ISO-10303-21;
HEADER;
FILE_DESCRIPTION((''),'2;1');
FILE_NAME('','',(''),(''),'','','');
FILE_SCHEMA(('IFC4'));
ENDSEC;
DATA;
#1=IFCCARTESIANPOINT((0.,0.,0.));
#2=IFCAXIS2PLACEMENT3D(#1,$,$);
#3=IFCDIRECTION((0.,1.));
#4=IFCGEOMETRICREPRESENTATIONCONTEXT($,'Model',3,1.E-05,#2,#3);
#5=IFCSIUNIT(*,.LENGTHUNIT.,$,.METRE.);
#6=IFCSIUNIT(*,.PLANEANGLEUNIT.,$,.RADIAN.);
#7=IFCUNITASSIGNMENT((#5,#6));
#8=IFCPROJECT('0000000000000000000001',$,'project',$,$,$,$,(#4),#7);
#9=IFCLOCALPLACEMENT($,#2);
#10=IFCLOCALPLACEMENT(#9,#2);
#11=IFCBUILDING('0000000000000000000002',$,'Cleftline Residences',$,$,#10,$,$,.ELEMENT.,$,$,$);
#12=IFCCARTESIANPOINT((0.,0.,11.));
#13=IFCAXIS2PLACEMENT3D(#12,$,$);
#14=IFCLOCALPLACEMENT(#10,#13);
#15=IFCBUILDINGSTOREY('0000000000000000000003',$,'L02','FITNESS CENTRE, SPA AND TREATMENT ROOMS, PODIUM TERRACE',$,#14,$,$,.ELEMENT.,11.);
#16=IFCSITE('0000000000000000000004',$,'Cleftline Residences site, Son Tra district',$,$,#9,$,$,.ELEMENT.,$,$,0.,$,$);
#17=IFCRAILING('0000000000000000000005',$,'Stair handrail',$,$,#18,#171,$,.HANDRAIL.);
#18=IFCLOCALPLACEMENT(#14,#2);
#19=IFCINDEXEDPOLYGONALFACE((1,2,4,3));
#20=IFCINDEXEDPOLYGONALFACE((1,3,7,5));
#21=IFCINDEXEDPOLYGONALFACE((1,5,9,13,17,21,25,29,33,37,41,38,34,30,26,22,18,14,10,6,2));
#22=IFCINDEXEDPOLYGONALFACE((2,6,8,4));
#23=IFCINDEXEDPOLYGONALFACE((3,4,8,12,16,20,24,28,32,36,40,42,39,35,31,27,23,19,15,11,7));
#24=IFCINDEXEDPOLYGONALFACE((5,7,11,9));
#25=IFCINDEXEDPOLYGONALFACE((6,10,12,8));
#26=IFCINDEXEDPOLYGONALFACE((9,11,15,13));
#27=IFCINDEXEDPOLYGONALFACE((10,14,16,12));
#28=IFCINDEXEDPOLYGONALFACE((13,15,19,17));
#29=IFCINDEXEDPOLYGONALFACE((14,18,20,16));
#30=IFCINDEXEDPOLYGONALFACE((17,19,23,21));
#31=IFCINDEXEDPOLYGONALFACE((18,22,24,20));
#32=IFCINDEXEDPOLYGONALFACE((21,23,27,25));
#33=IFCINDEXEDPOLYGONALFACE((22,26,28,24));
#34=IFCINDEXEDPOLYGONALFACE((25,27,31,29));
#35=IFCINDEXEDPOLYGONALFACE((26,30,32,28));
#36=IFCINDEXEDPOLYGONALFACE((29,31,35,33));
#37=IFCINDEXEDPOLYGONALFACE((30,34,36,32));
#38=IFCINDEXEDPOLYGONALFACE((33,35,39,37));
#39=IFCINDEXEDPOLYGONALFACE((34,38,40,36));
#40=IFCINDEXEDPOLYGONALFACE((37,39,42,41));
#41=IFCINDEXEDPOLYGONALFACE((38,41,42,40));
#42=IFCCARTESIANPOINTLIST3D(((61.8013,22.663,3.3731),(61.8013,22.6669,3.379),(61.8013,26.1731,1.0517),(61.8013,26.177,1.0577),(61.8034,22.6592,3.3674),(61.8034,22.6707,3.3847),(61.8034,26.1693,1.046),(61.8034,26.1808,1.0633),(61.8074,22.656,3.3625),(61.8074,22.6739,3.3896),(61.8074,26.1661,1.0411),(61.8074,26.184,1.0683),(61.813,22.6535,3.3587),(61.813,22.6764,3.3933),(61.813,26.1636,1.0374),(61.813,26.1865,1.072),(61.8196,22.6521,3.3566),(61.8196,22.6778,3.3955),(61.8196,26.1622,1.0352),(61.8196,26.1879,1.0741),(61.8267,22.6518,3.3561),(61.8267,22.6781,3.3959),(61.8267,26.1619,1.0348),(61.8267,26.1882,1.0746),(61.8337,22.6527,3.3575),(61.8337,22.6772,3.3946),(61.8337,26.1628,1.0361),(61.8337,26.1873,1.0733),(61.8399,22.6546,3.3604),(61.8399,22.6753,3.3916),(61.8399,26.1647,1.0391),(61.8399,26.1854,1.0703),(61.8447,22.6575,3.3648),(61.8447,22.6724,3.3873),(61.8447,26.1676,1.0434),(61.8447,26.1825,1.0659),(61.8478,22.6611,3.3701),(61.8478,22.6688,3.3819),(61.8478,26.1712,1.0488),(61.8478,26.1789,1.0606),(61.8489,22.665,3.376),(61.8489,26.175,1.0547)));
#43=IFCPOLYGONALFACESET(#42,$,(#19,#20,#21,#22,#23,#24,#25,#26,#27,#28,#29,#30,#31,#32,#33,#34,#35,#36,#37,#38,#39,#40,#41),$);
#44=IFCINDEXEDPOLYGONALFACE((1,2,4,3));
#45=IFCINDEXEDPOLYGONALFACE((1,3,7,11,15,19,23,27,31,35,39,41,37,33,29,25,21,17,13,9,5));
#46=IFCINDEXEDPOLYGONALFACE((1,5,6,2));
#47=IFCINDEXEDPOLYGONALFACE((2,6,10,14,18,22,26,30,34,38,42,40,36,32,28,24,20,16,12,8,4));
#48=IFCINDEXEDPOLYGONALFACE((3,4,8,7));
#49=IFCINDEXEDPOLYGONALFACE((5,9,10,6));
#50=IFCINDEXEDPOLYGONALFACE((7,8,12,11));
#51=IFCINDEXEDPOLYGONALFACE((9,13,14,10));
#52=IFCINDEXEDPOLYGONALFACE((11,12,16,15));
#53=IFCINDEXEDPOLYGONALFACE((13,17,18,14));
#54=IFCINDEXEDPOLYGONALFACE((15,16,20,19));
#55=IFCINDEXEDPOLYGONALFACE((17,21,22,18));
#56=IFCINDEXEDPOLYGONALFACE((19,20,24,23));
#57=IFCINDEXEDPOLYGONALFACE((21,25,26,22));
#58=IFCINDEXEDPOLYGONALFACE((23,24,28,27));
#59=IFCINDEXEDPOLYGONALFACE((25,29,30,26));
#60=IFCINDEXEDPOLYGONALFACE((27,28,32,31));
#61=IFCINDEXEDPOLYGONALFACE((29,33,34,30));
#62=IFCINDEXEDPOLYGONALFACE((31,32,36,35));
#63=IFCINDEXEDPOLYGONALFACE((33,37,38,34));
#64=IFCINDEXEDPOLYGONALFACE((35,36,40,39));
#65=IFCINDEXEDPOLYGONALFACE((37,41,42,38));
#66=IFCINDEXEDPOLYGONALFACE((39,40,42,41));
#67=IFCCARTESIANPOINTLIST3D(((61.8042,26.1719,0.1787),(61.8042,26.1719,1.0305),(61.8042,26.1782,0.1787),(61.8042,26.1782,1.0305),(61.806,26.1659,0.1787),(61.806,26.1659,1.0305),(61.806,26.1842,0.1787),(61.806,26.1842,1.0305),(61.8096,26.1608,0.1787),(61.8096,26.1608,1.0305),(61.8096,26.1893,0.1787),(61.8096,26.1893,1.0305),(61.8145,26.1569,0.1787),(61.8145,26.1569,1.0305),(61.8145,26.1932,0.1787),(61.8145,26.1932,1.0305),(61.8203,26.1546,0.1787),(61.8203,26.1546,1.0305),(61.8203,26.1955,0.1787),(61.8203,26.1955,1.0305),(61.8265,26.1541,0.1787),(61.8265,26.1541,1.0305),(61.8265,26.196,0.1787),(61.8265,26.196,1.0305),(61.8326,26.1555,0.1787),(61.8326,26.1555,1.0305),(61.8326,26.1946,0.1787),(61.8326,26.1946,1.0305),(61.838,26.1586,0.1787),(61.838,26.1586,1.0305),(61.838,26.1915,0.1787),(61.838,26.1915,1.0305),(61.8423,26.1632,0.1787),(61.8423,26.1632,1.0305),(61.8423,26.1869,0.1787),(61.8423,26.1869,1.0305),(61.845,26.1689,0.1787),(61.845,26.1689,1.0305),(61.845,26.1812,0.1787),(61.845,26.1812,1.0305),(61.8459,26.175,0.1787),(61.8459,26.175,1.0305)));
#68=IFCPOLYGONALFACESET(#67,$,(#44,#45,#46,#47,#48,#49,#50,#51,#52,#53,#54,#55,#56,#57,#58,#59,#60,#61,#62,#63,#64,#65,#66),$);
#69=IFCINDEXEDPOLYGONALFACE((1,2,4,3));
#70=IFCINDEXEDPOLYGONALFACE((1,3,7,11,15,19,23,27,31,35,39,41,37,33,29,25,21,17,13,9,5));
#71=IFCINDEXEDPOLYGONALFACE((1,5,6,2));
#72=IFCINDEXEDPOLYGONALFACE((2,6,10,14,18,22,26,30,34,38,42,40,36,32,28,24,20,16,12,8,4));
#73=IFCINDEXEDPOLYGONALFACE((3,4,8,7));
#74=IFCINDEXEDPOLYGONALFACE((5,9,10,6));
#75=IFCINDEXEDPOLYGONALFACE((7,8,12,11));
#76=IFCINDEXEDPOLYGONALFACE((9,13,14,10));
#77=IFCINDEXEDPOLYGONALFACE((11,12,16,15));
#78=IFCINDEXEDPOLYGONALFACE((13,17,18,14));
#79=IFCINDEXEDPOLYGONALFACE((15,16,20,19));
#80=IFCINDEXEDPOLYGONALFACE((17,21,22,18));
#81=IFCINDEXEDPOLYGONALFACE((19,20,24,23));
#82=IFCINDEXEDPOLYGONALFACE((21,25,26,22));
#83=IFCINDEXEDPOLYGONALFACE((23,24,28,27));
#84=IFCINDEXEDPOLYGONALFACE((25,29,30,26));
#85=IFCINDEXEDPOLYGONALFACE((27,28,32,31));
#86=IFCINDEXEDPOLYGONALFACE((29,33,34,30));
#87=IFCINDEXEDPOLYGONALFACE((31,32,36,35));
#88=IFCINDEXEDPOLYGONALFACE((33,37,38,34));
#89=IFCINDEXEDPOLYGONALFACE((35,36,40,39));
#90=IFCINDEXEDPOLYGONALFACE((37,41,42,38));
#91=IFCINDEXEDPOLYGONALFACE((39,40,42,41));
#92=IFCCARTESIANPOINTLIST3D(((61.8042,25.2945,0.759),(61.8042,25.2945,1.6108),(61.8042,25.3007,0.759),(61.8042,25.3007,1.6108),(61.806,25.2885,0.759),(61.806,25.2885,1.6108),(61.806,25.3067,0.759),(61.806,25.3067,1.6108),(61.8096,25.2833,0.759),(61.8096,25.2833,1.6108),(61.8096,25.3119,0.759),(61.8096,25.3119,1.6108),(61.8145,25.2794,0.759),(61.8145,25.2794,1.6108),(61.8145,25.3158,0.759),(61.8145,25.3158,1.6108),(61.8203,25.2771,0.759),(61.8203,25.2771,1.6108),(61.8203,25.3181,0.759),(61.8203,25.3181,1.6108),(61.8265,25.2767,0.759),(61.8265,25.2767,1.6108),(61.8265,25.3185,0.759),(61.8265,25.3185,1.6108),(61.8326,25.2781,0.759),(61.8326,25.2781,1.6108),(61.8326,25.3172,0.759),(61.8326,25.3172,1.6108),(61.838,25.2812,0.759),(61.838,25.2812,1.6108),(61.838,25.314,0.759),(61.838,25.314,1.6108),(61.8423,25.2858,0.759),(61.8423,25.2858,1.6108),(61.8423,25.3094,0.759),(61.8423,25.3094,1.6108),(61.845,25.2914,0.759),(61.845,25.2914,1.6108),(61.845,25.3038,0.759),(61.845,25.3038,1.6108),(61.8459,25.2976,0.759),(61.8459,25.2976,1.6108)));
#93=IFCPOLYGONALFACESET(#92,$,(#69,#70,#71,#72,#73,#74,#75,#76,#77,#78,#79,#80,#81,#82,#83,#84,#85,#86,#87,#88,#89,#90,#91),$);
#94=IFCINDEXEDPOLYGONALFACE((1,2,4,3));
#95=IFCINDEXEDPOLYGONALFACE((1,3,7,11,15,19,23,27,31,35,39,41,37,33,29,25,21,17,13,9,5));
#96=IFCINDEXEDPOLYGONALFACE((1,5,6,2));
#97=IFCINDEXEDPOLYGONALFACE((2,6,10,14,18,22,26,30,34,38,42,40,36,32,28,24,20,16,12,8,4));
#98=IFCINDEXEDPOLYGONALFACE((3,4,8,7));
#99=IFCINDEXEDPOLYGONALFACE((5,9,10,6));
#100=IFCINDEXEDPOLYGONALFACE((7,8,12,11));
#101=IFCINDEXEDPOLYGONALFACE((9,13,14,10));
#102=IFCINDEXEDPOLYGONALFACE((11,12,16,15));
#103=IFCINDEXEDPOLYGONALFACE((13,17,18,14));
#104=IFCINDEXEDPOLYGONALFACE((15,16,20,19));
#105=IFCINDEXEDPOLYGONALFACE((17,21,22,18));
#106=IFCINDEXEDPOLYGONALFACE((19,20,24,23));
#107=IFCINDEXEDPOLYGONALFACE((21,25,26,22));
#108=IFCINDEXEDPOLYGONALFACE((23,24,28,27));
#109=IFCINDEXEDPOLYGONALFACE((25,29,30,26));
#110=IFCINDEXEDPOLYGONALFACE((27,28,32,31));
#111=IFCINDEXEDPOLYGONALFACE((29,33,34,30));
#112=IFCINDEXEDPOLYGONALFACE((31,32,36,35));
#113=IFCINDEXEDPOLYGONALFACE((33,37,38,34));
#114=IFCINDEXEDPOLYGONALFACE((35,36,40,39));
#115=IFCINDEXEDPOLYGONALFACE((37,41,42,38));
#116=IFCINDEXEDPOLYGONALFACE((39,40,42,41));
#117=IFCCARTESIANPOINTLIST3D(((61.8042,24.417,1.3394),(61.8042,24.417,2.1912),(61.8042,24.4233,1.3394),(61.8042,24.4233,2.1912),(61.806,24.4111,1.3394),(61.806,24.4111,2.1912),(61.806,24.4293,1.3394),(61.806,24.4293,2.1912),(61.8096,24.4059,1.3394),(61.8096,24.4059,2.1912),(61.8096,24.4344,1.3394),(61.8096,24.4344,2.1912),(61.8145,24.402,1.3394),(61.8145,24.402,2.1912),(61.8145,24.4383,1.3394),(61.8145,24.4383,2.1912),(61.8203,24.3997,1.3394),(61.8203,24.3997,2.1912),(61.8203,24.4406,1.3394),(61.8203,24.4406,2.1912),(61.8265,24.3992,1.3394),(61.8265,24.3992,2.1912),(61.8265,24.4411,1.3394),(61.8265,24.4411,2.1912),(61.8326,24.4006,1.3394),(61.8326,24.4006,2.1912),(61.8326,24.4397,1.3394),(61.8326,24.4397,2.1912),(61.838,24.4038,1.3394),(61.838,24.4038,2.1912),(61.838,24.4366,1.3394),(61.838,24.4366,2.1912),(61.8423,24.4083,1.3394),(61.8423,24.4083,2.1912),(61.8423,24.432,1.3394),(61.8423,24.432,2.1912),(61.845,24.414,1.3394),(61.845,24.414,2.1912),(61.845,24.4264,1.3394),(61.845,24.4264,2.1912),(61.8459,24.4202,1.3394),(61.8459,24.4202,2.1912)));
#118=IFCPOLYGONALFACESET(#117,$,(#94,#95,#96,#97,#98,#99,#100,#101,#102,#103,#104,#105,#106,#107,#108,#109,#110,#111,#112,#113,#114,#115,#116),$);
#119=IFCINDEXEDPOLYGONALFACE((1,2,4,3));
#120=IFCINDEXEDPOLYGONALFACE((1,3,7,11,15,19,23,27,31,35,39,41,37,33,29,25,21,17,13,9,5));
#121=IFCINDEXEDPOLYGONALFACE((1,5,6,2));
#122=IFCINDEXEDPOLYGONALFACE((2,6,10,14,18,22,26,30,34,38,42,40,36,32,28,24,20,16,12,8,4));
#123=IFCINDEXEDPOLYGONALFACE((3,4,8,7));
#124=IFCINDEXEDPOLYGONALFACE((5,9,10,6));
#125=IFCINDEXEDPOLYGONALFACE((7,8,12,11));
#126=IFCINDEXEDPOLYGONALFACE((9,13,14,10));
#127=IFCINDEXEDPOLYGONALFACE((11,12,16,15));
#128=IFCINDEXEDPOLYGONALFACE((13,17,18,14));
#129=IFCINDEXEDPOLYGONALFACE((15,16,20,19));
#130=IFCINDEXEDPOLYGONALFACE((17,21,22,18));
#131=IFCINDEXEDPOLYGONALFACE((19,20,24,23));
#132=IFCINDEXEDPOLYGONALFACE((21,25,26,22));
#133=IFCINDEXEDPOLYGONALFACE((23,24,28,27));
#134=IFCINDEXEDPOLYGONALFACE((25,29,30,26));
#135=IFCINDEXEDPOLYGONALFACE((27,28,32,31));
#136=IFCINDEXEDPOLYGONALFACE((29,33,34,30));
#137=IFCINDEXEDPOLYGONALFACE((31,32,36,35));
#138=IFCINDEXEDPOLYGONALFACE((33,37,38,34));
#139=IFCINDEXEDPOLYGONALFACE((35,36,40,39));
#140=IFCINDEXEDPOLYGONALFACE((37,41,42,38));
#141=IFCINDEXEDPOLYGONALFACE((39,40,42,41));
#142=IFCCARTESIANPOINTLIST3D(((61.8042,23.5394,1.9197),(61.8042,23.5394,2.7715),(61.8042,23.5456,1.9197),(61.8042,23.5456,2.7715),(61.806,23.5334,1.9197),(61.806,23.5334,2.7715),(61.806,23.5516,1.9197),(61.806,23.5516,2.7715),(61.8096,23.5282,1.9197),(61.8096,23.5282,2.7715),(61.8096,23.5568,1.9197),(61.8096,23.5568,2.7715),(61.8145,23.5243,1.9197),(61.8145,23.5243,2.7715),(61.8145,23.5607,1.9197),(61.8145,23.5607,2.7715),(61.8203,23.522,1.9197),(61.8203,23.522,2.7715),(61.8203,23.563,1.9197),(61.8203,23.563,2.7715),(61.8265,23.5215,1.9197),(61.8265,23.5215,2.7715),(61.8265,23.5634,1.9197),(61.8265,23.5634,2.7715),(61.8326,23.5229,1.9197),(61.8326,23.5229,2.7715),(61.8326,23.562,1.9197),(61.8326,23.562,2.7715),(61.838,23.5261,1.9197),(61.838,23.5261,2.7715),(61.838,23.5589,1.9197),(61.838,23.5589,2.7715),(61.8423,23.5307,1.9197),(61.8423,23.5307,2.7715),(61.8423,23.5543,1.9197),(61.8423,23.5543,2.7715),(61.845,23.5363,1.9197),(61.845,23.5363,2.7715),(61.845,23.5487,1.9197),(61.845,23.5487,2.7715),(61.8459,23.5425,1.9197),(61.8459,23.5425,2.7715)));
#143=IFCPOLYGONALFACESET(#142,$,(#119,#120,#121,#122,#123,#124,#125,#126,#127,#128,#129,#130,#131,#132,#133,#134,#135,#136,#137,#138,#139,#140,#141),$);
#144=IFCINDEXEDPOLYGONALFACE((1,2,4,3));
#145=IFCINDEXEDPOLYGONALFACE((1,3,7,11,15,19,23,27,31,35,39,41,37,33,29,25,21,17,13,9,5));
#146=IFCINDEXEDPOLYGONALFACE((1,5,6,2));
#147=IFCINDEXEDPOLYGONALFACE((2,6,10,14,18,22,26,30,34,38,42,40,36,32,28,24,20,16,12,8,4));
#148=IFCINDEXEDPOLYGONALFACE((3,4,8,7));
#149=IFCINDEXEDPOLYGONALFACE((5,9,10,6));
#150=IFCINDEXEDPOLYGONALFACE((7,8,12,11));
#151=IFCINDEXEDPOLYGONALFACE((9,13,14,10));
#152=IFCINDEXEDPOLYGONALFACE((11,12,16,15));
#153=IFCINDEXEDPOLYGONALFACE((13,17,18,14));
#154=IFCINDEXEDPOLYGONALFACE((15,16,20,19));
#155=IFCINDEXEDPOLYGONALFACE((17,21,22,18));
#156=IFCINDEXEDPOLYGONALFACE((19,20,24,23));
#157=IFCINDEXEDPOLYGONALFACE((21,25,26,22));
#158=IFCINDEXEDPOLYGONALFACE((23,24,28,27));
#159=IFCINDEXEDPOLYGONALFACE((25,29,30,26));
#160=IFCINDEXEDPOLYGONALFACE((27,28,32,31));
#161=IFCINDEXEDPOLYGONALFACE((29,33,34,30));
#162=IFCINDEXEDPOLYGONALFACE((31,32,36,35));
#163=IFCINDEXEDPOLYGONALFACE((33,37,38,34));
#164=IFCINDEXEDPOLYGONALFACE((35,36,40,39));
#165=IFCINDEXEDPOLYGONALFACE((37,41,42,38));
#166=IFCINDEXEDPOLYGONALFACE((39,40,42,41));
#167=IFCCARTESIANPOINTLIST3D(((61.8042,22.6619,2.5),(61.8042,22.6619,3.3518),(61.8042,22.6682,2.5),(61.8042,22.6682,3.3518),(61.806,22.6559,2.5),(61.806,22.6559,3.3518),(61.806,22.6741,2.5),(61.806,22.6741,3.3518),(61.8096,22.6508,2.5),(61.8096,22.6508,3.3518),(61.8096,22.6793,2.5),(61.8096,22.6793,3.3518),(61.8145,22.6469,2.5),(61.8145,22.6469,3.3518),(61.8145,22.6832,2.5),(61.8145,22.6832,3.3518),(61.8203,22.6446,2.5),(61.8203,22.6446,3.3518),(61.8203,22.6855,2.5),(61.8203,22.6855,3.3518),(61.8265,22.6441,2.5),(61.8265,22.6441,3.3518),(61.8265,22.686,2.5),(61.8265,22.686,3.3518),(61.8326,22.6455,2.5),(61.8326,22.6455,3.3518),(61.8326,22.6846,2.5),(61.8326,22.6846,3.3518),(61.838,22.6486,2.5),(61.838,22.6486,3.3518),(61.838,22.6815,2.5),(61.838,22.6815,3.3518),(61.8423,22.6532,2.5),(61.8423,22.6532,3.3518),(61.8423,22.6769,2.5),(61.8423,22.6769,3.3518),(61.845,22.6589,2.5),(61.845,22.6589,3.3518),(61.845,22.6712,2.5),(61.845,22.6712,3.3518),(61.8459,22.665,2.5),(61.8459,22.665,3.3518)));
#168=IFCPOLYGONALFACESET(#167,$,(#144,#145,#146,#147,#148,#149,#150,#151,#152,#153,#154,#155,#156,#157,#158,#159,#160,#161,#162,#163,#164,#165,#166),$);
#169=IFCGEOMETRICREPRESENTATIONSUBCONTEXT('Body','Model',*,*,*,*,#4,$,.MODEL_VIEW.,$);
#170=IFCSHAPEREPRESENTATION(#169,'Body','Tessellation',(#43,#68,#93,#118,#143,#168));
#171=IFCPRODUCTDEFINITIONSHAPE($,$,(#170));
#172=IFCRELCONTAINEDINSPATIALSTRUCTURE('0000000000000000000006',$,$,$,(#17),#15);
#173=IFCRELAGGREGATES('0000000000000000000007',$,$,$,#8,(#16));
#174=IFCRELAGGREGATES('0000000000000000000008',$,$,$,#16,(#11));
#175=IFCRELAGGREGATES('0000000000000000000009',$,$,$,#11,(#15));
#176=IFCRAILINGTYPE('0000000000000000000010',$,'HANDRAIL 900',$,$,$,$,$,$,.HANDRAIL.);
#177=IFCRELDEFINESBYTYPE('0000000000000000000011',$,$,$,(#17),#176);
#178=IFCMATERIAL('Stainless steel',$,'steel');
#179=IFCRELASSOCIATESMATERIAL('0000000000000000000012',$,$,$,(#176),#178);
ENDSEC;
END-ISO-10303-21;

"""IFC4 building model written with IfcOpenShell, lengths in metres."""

from ifc_helpers import new_model, si_unit, direction, frame, origin, origin_2d, place, context, subcontext, project, spatial, circle, extrude, material, type_object, element, save


model = new_model("IFC4")

# Units and contexts
model_context = context("Model", 3, precision=1e-05, world=origin(), true_north=direction((0.0, 1.0)))
body_context = subcontext(model_context, "Body", "Model", "MODEL_VIEW")
ifc_project = project(units=[si_unit("LENGTHUNIT", "METRE"), si_unit("PLANEANGLEUNIT", "RADIAN")], contexts=[model_context])

# Site, building, storey
site_placement = place(None, origin())
site = spatial("IfcSite", under=ifc_project, at=site_placement, Name="Cleftline Residences site, Son Tra district", CompositionType="ELEMENT", RefElevation=0.0)
building_placement = place(site_placement, origin())
building = spatial("IfcBuilding", under=site, at=building_placement, Name="Cleftline Residences", CompositionType="ELEMENT")
storey_placement = place(building_placement, frame((0.0, 0.0, 11.0)))
storey = spatial("IfcBuildingStorey", under=building, at=storey_placement, Name="L02", Description="FITNESS CENTRE, SPA AND TREATMENT ROOMS, PODIUM TERRACE", CompositionType="ELEMENT", Elevation=11.0)

# Railing
ifc_material_1 = material(Name="Stainless steel", Category="steel")
railing_type = type_object("IfcRailingType", Name="HANDRAIL 900", PredefinedType="HANDRAIL", material=ifc_material_1)
railing_1_placement = place(storey_placement, frame((61.825, 26.175, 0.1787)))
element("IfcRailing", 1, at=railing_1_placement, inside=storey, type_object=railing_type, Name="Stair handrail", PredefinedType="HANDRAIL", context=body_context, shape_type="SweptSolid", body=[
    extrude(circle(Radius=0.0239, at=origin_2d()), frame((0.0, 0.0, 0.876), z_axis=(0.0, -0.834097, 0.551617), x_axis=(1.0, 0.0, 0.0)), (0.0, 0.0, 1.0), 4.2083),
    extrude(circle(Radius=0.021, at=origin_2d()), origin(), (0.0, 0.0, 1.0), 0.8518),
    extrude(circle(Radius=0.021, at=origin_2d()), frame((0.0, -0.8774, 0.5803)), (0.0, 0.0, 1.0), 0.8518),
    extrude(circle(Radius=0.021, at=origin_2d()), frame((0.0, -1.7549, 1.1606)), (0.0, 0.0, 1.0), 0.8518),
    extrude(circle(Radius=0.021, at=origin_2d()), frame((0.0, -2.6326, 1.741)), (0.0, 0.0, 1.0), 0.8518),
    extrude(circle(Radius=0.021, at=origin_2d()), frame((0.0, -3.51, 2.3213)), (0.0, 0.0, 1.0), 0.8518),
])

save(model, "model.ifc")
